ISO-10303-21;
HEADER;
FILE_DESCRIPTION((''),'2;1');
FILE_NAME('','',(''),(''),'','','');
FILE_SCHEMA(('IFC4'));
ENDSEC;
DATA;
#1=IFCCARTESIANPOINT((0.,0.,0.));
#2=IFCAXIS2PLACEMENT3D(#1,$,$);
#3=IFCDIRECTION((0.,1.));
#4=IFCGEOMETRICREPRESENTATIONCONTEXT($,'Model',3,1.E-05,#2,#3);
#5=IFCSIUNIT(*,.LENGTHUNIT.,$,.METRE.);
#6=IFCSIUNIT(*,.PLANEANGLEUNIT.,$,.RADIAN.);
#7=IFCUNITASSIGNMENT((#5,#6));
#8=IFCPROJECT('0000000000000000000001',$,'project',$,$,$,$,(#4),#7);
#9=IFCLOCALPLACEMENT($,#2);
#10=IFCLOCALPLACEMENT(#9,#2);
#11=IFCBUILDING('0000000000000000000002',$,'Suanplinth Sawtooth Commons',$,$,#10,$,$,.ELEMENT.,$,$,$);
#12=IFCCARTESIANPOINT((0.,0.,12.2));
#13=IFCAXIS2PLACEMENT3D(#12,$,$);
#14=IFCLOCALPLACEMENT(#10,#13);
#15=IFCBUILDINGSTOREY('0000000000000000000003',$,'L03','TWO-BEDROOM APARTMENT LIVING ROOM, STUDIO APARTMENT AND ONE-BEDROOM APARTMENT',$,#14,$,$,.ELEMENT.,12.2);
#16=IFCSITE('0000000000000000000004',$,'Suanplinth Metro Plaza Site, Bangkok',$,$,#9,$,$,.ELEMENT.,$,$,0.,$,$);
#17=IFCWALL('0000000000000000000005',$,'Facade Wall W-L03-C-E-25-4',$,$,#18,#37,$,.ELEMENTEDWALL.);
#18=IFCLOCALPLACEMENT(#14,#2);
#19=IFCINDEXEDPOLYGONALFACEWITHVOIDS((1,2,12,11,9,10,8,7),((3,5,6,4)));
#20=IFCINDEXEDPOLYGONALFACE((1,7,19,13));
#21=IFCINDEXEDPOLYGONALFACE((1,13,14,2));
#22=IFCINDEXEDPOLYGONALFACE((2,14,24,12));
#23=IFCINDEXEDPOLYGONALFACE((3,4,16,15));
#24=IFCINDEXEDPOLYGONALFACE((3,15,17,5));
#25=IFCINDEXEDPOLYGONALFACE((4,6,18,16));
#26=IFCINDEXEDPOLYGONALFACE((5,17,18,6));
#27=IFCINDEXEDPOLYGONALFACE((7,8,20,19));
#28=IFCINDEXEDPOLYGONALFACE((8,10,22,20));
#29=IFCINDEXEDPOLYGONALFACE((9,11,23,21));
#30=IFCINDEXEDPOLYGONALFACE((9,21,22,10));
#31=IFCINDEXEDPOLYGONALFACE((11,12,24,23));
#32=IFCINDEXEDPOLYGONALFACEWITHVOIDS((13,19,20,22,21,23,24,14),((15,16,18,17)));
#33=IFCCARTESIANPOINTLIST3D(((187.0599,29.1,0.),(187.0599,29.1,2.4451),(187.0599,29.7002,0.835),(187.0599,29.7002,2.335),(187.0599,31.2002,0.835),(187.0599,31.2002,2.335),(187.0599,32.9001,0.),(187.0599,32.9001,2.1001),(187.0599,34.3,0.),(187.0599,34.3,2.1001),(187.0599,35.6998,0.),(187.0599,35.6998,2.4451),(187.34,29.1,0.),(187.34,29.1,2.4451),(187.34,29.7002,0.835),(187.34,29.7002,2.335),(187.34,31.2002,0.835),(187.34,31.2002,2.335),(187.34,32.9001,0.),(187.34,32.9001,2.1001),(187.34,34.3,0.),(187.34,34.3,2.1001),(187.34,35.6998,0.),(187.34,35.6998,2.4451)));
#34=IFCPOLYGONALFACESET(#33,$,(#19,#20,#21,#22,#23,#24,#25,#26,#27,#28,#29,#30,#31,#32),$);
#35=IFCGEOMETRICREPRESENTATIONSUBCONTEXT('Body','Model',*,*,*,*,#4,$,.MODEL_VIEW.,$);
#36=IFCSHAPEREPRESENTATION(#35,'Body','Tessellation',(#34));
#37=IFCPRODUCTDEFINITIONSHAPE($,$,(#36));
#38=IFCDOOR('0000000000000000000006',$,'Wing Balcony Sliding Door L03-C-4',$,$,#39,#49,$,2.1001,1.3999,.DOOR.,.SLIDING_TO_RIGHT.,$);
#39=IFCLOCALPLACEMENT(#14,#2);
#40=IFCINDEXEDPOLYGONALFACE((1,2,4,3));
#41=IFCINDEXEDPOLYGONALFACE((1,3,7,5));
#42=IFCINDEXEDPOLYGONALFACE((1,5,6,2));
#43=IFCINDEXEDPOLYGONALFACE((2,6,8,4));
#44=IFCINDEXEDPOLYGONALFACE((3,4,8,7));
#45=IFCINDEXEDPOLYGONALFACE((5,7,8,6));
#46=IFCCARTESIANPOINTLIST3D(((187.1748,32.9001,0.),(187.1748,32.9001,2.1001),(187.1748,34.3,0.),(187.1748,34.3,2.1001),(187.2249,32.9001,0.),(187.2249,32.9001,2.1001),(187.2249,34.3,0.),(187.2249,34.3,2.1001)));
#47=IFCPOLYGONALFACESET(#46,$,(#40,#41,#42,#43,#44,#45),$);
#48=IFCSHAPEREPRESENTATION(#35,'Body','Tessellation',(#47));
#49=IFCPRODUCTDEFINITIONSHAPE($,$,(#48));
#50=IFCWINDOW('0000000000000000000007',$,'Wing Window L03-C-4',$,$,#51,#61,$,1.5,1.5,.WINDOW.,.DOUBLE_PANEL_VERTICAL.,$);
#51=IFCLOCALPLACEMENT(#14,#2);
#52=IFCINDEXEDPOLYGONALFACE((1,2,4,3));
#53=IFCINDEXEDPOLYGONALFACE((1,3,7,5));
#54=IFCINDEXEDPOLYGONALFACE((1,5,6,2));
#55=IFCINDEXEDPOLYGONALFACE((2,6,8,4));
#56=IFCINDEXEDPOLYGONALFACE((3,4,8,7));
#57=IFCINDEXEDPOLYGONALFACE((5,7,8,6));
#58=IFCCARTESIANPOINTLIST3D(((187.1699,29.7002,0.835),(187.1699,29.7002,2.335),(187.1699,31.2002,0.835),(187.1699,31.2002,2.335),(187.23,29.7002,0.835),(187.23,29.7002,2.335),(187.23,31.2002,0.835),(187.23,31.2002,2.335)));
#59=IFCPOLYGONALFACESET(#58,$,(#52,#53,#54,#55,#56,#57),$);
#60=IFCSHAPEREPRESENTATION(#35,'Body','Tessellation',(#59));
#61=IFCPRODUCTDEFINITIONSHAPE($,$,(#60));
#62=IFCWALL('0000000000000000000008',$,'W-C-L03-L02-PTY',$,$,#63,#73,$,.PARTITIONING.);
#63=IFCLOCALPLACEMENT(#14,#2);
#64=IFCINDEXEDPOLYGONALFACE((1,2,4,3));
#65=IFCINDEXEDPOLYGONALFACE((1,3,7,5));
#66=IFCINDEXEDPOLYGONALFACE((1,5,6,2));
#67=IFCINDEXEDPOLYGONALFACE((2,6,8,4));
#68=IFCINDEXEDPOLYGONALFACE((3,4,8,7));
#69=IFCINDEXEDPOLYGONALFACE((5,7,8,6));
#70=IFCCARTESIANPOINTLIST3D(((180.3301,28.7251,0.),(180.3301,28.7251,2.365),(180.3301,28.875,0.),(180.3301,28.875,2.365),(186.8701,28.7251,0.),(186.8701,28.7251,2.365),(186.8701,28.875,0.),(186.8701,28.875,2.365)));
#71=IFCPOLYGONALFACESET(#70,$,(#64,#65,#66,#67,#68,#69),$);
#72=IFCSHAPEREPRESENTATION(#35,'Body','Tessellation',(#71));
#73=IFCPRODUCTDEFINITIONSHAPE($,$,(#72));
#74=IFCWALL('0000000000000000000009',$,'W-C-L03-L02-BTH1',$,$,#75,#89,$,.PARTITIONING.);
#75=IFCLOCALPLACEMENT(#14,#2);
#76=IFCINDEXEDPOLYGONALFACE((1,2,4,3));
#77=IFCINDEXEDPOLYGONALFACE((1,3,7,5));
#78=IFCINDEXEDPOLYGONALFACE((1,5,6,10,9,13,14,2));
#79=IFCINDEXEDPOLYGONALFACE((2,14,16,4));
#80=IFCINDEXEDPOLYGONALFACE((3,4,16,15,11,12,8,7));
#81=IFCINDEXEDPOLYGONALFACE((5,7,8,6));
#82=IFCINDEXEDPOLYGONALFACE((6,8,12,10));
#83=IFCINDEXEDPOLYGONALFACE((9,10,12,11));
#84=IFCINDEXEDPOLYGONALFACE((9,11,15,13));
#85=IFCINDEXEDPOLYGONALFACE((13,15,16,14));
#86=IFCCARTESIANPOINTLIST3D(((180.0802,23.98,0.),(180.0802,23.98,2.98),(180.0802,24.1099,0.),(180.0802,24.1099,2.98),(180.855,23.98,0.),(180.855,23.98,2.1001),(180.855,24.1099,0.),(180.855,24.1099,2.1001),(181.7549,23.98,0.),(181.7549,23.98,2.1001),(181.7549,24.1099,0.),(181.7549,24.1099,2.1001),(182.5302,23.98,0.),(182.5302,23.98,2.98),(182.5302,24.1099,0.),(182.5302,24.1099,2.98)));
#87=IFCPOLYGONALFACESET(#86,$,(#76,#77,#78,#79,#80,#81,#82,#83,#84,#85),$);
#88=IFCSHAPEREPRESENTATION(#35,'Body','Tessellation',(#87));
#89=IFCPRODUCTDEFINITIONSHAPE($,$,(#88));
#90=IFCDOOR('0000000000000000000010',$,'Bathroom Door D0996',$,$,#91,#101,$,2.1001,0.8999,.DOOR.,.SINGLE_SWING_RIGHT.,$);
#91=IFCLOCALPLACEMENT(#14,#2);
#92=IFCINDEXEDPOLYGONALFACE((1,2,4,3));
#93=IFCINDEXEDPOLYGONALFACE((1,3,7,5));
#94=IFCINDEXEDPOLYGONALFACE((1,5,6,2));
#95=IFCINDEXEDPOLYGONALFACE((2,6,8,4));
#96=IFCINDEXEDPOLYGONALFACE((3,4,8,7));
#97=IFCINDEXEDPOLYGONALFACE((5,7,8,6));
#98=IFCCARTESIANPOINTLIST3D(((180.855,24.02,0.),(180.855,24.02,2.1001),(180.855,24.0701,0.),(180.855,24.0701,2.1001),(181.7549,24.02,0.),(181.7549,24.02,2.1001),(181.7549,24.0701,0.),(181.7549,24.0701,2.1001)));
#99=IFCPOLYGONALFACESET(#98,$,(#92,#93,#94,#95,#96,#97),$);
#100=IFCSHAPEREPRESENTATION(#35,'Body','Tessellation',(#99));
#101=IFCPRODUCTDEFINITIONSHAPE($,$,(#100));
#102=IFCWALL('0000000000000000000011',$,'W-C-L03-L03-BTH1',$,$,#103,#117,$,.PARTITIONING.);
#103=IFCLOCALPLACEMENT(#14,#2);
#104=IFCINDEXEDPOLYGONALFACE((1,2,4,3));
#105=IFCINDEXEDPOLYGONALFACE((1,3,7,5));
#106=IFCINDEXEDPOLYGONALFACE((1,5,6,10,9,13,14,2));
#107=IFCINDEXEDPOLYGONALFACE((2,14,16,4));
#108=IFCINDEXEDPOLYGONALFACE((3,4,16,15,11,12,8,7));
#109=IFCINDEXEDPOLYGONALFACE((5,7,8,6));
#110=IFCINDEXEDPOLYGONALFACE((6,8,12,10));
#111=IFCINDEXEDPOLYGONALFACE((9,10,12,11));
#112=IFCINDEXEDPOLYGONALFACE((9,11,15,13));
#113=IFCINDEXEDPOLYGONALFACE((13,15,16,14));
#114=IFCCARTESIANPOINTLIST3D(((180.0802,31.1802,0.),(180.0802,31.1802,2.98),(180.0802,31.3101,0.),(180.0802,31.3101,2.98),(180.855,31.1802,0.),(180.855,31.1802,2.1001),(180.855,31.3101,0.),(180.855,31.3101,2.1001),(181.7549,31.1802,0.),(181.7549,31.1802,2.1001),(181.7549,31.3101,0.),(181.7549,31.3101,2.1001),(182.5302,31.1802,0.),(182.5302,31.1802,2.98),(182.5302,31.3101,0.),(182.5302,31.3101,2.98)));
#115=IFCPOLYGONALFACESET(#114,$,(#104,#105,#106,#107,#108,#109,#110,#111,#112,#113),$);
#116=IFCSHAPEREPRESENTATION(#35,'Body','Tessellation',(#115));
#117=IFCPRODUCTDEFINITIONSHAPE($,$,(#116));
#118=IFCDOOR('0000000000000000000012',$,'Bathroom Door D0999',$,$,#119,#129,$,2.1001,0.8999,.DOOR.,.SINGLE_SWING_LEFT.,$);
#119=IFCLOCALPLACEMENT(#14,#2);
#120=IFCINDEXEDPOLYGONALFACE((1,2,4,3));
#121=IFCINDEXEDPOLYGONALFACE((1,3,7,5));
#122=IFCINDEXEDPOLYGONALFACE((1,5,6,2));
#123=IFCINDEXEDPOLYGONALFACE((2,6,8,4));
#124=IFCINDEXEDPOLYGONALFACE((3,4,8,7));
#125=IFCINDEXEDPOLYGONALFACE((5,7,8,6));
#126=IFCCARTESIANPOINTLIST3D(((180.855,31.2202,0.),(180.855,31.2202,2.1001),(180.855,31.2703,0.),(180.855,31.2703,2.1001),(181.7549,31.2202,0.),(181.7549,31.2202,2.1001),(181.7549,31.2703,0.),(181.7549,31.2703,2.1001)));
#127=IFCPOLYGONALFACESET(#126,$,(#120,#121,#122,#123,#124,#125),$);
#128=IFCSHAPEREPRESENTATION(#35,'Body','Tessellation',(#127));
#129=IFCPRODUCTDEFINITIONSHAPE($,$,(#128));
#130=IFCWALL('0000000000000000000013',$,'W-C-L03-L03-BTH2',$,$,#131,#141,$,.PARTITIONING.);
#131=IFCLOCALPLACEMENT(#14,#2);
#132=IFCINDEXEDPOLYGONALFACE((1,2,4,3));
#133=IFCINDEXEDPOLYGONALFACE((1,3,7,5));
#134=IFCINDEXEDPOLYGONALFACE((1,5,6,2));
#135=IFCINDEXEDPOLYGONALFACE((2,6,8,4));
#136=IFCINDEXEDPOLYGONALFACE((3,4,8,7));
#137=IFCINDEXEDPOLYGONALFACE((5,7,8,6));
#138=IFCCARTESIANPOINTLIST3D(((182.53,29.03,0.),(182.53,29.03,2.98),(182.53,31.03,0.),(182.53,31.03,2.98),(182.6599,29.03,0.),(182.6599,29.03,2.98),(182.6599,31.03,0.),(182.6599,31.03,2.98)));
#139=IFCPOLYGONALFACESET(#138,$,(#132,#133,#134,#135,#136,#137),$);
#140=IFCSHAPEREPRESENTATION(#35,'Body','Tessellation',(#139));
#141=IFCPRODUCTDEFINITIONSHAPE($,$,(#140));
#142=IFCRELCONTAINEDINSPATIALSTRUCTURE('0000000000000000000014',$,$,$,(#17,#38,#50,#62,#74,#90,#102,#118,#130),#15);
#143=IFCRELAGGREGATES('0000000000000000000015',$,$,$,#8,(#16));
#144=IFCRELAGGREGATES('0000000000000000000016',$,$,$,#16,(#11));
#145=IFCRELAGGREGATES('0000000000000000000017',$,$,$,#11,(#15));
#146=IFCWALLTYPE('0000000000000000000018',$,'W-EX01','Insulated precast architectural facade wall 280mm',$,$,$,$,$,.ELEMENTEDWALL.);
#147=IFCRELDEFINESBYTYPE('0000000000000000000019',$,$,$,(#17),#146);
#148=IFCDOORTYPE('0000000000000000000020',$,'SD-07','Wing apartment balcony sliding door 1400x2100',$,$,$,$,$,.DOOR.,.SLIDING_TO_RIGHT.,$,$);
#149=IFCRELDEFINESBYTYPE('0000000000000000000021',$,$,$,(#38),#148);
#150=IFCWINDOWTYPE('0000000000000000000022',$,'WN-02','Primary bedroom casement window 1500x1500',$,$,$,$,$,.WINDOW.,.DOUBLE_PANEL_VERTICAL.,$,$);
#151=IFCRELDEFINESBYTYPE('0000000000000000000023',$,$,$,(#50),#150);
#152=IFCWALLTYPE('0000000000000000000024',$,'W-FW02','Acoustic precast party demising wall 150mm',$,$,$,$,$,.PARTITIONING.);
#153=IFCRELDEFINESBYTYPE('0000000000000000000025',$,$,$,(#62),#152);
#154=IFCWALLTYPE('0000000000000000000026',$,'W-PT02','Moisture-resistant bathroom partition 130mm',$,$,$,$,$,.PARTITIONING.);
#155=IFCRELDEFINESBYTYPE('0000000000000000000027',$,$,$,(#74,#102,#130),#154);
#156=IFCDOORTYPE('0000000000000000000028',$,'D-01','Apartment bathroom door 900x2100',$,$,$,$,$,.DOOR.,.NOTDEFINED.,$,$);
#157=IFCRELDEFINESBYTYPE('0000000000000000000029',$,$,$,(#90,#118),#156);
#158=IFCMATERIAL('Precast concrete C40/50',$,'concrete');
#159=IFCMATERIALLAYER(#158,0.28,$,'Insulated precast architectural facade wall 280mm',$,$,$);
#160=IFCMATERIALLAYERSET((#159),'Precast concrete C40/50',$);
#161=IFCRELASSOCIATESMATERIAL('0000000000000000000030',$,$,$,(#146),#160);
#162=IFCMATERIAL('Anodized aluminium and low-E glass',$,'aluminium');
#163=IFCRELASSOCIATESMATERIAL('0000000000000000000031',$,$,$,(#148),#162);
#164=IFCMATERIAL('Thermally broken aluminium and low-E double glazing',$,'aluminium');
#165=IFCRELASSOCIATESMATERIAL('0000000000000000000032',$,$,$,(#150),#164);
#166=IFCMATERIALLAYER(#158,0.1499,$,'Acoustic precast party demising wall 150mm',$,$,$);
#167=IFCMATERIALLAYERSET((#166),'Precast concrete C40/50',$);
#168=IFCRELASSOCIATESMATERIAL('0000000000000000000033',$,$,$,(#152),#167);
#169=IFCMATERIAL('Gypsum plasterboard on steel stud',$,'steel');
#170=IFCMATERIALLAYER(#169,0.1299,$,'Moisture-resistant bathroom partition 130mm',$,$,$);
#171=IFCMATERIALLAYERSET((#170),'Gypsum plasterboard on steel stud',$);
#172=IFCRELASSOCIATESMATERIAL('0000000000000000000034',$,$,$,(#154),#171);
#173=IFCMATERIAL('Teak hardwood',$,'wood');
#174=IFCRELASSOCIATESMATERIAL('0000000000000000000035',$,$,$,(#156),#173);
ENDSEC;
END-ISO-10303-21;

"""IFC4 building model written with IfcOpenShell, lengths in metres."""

from ifc_helpers import new_model, si_unit, direction, frame, frame_2d, origin, place, context, subcontext, project, spatial, rectangle, extrude, material, layer, layer_set, type_object, element, fill, save


model = new_model("IFC4")

# Units and contexts
model_context = context("Model", 3, precision=1e-05, world=origin(), true_north=direction((0.0, 1.0)))
body_context = subcontext(model_context, "Body", "Model", "MODEL_VIEW")
ifc_project = project(units=[si_unit("LENGTHUNIT", "METRE"), si_unit("PLANEANGLEUNIT", "RADIAN")], contexts=[model_context])

# Site, building, storey
site_placement = place(None, origin())
site = spatial("IfcSite", under=ifc_project, at=site_placement, Name="Suanplinth Metro Plaza Site, Bangkok", CompositionType="ELEMENT", RefElevation=0.0)
building_placement = place(site_placement, origin())
building = spatial("IfcBuilding", under=site, at=building_placement, Name="Suanplinth Sawtooth Commons", CompositionType="ELEMENT")
storey_placement = place(building_placement, frame((0.0, 0.0, 12.2)))
storey = spatial("IfcBuildingStorey", under=building, at=storey_placement, Name="L03", Description="TWO-BEDROOM APARTMENT LIVING ROOM, STUDIO APARTMENT AND ONE-BEDROOM APARTMENT", CompositionType="ELEMENT", Elevation=12.2)

# Shared definitions
ifc_material_1 = material(Name="Precast concrete C40/50", Category="concrete")

# Wall, openings, door, window
ifc_layer_1 = layer(ifc_material_1, 0.28, Name="Insulated precast architectural facade wall 280mm")
ifc_layer_set_1 = layer_set([ifc_layer_1], Name="Precast concrete C40/50")
wall_type_1 = type_object("IfcWallType", Name="W-EX01", Description="Insulated precast architectural facade wall 280mm", PredefinedType="ELEMENTEDWALL", material=ifc_layer_set_1)
ifc_material_2 = material(Name="Anodized aluminium and low-E glass", Category="aluminium")
door_type_1 = type_object("IfcDoorType", Name="SD-07", Description="Wing apartment balcony sliding door 1400x2100", OperationType="SLIDING_TO_RIGHT", PredefinedType="DOOR", material=ifc_material_2)
ifc_material_3 = material(Name="Thermally broken aluminium and low-E double glazing", Category="aluminium")
window_type = type_object("IfcWindowType", Name="WN-02", Description="Primary bedroom casement window 1500x1500", PartitioningType="DOUBLE_PANEL_VERTICAL", PredefinedType="WINDOW", material=ifc_material_3)
wall_1_placement = place(storey_placement, frame((187.2, 29.1001, 0.0), z_axis=(0.0, 0.0, 1.0), x_axis=(0.0, 1.0, 0.0)))
wall_1 = element("IfcWall", 1, at=wall_1_placement, inside=storey, type_object=wall_type_1, Name="Facade Wall W-L03-C-E-25-4", PredefinedType="ELEMENTEDWALL", context=body_context, shape_type="SweptSolid", body=[
    extrude(rectangle(XDim=6.5999, YDim=0.28, at=frame_2d((3.2998, 0.0))), origin(), (0.0, 0.0, 1.0), 2.4451),
])
opening_1_placement = place(wall_1_placement, frame((3.8, 0.0, 0.0)))
opening_1 = element("IfcOpeningElement", 2, at=opening_1_placement, cuts=wall_1, PredefinedType="OPENING", context=body_context, shape_type="SweptSolid", body=[
    extrude(rectangle(XDim=1.3999, YDim=2.1001, at=frame_2d((0.7, 1.05))), frame((0.0, 0.1548, 0.0), z_axis=(0.0, -1.0, 0.0), x_axis=(1.0, 0.0, 0.0)), (0.0, 0.0, 1.0), 0.3098),
])
opening_2_placement = place(wall_1_placement, frame((0.6001, 0.0, 0.835)))
opening_2 = element("IfcOpeningElement", 3, at=opening_2_placement, cuts=wall_1, PredefinedType="OPENING", context=body_context, shape_type="SweptSolid", body=[
    extrude(rectangle(XDim=1.5, YDim=1.5, at=frame_2d((0.75, 0.75))), frame((0.0, 0.1548, 0.0), z_axis=(0.0, -1.0, 0.0), x_axis=(1.0, 0.0, 0.0)), (0.0, 0.0, 1.0), 0.3098),
])
door_1_placement = place(opening_1_placement, frame((1.3999, 0.0, 0.0), z_axis=(0.0, 0.0, 1.0), x_axis=(-1.0, 0.0, 0.0)))
door_1 = element("IfcDoor", 4, at=door_1_placement, inside=storey, type_object=door_type_1, Name="Wing Balcony Sliding Door L03-C-4", OperationType="SLIDING_TO_RIGHT", OverallHeight=2.1001, OverallWidth=1.3999, PredefinedType="DOOR", context=body_context, shape_type="SweptSolid", body=[
    extrude(rectangle(XDim=1.3999, YDim=2.1001, at=frame_2d((0.7, 1.05))), frame((0.0, 0.0249, 0.0), z_axis=(0.0, -1.0, 0.0), x_axis=(1.0, 0.0, 0.0)), (0.0, 0.0, 1.0), 0.05),
])
fill(opening_1, door_1)
window_1_placement = place(opening_2_placement, origin())
window_1 = element("IfcWindow", 5, at=window_1_placement, inside=storey, type_object=window_type, Name="Wing Window L03-C-4", OverallHeight=1.5, OverallWidth=1.5, PartitioningType="DOUBLE_PANEL_VERTICAL", PredefinedType="WINDOW", context=body_context, shape_type="SweptSolid", body=[
    extrude(rectangle(XDim=1.5, YDim=1.5, at=frame_2d((0.75, 0.75))), frame((0.0, 0.03, 0.0), z_axis=(0.0, -1.0, 0.0), x_axis=(1.0, 0.0, 0.0)), (0.0, 0.0, 1.0), 0.0601),
])
fill(opening_2, window_1)

# Wall
ifc_layer_2 = layer(ifc_material_1, 0.1499, Name="Acoustic precast party demising wall 150mm")
ifc_layer_set_2 = layer_set([ifc_layer_2], Name="Precast concrete C40/50")
wall_type_2 = type_object("IfcWallType", Name="W-FW02", Description="Acoustic precast party demising wall 150mm", PredefinedType="PARTITIONING", material=ifc_layer_set_2)
wall_2_placement = place(storey_placement, frame((180.3301, 28.8, 0.0), z_axis=(0.0, 0.0, 1.0), x_axis=(1.0, 0.0, 0.0)))
element("IfcWall", 6, at=wall_2_placement, inside=storey, type_object=wall_type_2, Name="W-C-L03-L02-PTY", PredefinedType="PARTITIONING", context=body_context, shape_type="SweptSolid", body=[
    extrude(rectangle(XDim=6.54, YDim=0.1499, at=frame_2d((3.27, 0.0))), origin(), (0.0, 0.0, 1.0), 2.365),
])

# Walls, openings, doors
ifc_material_4 = material(Name="Gypsum plasterboard on steel stud", Category="steel")
ifc_layer_3 = layer(ifc_material_4, 0.1299, Name="Moisture-resistant bathroom partition 130mm")
ifc_layer_set_3 = layer_set([ifc_layer_3], Name="Gypsum plasterboard on steel stud")
wall_type_3 = type_object("IfcWallType", Name="W-PT02", Description="Moisture-resistant bathroom partition 130mm", PredefinedType="PARTITIONING", material=ifc_layer_set_3)
wall_3_placement = place(storey_placement, frame((180.0801, 24.0449, 0.0), z_axis=(0.0, 0.0, 1.0), x_axis=(1.0, 0.0, 0.0)))
wall_3 = element("IfcWall", 7, at=wall_3_placement, inside=storey, type_object=wall_type_3, Name="W-C-L03-L02-BTH1", PredefinedType="PARTITIONING", context=body_context, shape_type="SweptSolid", body=[
    extrude(rectangle(XDim=2.45, YDim=0.1299, at=frame_2d((1.2251, 0.0))), origin(), (0.0, 0.0, 1.0), 2.98),
])
opening_3_placement = place(wall_3_placement, frame((0.7749, 0.0, 0.0)))
opening_3 = element("IfcOpeningElement", 8, at=opening_3_placement, cuts=wall_3, PredefinedType="OPENING", context=body_context, shape_type="SweptSolid", body=[
    extrude(rectangle(XDim=0.8999, YDim=2.1001, at=frame_2d((0.45, 1.05))), frame((0.0, 0.0798, 0.0), z_axis=(0.0, -1.0, 0.0), x_axis=(1.0, 0.0, 0.0)), (0.0, 0.0, 1.0), 0.1597),
])
ifc_material_5 = material(Name="Teak hardwood", Category="wood")
door_type_2 = type_object("IfcDoorType", Name="D-01", Description="Apartment bathroom door 900x2100", OperationType="NOTDEFINED", PredefinedType="DOOR", material=ifc_material_5)
door_2_placement = place(opening_3_placement, frame((0.8999, 0.0, 0.0), z_axis=(0.0, 0.0, 1.0), x_axis=(-1.0, 0.0, 0.0)))
door_2 = element("IfcDoor", 9, at=door_2_placement, inside=storey, type_object=door_type_2, Name="Bathroom Door D0996", OperationType="SINGLE_SWING_RIGHT", OverallHeight=2.1001, OverallWidth=0.8999, PredefinedType="DOOR", context=body_context, shape_type="SweptSolid", body=[
    extrude(rectangle(XDim=0.8999, YDim=2.1001, at=frame_2d((0.45, 1.05))), frame((0.0, 0.0249, 0.0), z_axis=(0.0, -1.0, 0.0), x_axis=(1.0, 0.0, 0.0)), (0.0, 0.0, 1.0), 0.05),
])
fill(opening_3, door_2)
wall_4_placement = place(storey_placement, frame((180.0801, 31.2451, 0.0), z_axis=(0.0, 0.0, 1.0), x_axis=(1.0, 0.0, 0.0)))
wall_4 = element("IfcWall", 10, at=wall_4_placement, inside=storey, type_object=wall_type_3, Name="W-C-L03-L03-BTH1", PredefinedType="PARTITIONING", context=body_context, shape_type="SweptSolid", body=[
    extrude(rectangle(XDim=2.45, YDim=0.1299, at=frame_2d((1.2251, 0.0))), origin(), (0.0, 0.0, 1.0), 2.98),
])
opening_4_placement = place(wall_4_placement, frame((0.7749, 0.0, 0.0)))
opening_4 = element("IfcOpeningElement", 11, at=opening_4_placement, cuts=wall_4, PredefinedType="OPENING", context=body_context, shape_type="SweptSolid", body=[
    extrude(rectangle(XDim=0.8999, YDim=2.1001, at=frame_2d((0.45, 1.05))), frame((0.0, 0.0798, 0.0), z_axis=(0.0, -1.0, 0.0), x_axis=(1.0, 0.0, 0.0)), (0.0, 0.0, 1.0), 0.1597),
])
door_3_placement = place(opening_4_placement, frame((0.8999, 0.0, 0.0), z_axis=(0.0, 0.0, 1.0), x_axis=(-1.0, 0.0, 0.0)))
door_3 = element("IfcDoor", 12, at=door_3_placement, inside=storey, type_object=door_type_2, Name="Bathroom Door D0999", OperationType="SINGLE_SWING_LEFT", OverallHeight=2.1001, OverallWidth=0.8999, PredefinedType="DOOR", context=body_context, shape_type="SweptSolid", body=[
    extrude(rectangle(XDim=0.8999, YDim=2.1001, at=frame_2d((0.45, 1.05))), frame((0.0, 0.0249, 0.0), z_axis=(0.0, -1.0, 0.0), x_axis=(1.0, 0.0, 0.0)), (0.0, 0.0, 1.0), 0.05),
])
fill(opening_4, door_3)

# Wall
wall_5_placement = place(storey_placement, frame((182.595, 29.03, 0.0), z_axis=(0.0, 0.0, 1.0), x_axis=(0.0, 1.0, 0.0)))
element("IfcWall", 13, at=wall_5_placement, inside=storey, type_object=wall_type_3, Name="W-C-L03-L03-BTH2", PredefinedType="PARTITIONING", context=body_context, shape_type="SweptSolid", body=[
    extrude(rectangle(XDim=2.0, YDim=0.1299, at=frame_2d((1.0, 0.0))), origin(), (0.0, 0.0, 1.0), 2.98),
])

save(model, "model.ifc")
